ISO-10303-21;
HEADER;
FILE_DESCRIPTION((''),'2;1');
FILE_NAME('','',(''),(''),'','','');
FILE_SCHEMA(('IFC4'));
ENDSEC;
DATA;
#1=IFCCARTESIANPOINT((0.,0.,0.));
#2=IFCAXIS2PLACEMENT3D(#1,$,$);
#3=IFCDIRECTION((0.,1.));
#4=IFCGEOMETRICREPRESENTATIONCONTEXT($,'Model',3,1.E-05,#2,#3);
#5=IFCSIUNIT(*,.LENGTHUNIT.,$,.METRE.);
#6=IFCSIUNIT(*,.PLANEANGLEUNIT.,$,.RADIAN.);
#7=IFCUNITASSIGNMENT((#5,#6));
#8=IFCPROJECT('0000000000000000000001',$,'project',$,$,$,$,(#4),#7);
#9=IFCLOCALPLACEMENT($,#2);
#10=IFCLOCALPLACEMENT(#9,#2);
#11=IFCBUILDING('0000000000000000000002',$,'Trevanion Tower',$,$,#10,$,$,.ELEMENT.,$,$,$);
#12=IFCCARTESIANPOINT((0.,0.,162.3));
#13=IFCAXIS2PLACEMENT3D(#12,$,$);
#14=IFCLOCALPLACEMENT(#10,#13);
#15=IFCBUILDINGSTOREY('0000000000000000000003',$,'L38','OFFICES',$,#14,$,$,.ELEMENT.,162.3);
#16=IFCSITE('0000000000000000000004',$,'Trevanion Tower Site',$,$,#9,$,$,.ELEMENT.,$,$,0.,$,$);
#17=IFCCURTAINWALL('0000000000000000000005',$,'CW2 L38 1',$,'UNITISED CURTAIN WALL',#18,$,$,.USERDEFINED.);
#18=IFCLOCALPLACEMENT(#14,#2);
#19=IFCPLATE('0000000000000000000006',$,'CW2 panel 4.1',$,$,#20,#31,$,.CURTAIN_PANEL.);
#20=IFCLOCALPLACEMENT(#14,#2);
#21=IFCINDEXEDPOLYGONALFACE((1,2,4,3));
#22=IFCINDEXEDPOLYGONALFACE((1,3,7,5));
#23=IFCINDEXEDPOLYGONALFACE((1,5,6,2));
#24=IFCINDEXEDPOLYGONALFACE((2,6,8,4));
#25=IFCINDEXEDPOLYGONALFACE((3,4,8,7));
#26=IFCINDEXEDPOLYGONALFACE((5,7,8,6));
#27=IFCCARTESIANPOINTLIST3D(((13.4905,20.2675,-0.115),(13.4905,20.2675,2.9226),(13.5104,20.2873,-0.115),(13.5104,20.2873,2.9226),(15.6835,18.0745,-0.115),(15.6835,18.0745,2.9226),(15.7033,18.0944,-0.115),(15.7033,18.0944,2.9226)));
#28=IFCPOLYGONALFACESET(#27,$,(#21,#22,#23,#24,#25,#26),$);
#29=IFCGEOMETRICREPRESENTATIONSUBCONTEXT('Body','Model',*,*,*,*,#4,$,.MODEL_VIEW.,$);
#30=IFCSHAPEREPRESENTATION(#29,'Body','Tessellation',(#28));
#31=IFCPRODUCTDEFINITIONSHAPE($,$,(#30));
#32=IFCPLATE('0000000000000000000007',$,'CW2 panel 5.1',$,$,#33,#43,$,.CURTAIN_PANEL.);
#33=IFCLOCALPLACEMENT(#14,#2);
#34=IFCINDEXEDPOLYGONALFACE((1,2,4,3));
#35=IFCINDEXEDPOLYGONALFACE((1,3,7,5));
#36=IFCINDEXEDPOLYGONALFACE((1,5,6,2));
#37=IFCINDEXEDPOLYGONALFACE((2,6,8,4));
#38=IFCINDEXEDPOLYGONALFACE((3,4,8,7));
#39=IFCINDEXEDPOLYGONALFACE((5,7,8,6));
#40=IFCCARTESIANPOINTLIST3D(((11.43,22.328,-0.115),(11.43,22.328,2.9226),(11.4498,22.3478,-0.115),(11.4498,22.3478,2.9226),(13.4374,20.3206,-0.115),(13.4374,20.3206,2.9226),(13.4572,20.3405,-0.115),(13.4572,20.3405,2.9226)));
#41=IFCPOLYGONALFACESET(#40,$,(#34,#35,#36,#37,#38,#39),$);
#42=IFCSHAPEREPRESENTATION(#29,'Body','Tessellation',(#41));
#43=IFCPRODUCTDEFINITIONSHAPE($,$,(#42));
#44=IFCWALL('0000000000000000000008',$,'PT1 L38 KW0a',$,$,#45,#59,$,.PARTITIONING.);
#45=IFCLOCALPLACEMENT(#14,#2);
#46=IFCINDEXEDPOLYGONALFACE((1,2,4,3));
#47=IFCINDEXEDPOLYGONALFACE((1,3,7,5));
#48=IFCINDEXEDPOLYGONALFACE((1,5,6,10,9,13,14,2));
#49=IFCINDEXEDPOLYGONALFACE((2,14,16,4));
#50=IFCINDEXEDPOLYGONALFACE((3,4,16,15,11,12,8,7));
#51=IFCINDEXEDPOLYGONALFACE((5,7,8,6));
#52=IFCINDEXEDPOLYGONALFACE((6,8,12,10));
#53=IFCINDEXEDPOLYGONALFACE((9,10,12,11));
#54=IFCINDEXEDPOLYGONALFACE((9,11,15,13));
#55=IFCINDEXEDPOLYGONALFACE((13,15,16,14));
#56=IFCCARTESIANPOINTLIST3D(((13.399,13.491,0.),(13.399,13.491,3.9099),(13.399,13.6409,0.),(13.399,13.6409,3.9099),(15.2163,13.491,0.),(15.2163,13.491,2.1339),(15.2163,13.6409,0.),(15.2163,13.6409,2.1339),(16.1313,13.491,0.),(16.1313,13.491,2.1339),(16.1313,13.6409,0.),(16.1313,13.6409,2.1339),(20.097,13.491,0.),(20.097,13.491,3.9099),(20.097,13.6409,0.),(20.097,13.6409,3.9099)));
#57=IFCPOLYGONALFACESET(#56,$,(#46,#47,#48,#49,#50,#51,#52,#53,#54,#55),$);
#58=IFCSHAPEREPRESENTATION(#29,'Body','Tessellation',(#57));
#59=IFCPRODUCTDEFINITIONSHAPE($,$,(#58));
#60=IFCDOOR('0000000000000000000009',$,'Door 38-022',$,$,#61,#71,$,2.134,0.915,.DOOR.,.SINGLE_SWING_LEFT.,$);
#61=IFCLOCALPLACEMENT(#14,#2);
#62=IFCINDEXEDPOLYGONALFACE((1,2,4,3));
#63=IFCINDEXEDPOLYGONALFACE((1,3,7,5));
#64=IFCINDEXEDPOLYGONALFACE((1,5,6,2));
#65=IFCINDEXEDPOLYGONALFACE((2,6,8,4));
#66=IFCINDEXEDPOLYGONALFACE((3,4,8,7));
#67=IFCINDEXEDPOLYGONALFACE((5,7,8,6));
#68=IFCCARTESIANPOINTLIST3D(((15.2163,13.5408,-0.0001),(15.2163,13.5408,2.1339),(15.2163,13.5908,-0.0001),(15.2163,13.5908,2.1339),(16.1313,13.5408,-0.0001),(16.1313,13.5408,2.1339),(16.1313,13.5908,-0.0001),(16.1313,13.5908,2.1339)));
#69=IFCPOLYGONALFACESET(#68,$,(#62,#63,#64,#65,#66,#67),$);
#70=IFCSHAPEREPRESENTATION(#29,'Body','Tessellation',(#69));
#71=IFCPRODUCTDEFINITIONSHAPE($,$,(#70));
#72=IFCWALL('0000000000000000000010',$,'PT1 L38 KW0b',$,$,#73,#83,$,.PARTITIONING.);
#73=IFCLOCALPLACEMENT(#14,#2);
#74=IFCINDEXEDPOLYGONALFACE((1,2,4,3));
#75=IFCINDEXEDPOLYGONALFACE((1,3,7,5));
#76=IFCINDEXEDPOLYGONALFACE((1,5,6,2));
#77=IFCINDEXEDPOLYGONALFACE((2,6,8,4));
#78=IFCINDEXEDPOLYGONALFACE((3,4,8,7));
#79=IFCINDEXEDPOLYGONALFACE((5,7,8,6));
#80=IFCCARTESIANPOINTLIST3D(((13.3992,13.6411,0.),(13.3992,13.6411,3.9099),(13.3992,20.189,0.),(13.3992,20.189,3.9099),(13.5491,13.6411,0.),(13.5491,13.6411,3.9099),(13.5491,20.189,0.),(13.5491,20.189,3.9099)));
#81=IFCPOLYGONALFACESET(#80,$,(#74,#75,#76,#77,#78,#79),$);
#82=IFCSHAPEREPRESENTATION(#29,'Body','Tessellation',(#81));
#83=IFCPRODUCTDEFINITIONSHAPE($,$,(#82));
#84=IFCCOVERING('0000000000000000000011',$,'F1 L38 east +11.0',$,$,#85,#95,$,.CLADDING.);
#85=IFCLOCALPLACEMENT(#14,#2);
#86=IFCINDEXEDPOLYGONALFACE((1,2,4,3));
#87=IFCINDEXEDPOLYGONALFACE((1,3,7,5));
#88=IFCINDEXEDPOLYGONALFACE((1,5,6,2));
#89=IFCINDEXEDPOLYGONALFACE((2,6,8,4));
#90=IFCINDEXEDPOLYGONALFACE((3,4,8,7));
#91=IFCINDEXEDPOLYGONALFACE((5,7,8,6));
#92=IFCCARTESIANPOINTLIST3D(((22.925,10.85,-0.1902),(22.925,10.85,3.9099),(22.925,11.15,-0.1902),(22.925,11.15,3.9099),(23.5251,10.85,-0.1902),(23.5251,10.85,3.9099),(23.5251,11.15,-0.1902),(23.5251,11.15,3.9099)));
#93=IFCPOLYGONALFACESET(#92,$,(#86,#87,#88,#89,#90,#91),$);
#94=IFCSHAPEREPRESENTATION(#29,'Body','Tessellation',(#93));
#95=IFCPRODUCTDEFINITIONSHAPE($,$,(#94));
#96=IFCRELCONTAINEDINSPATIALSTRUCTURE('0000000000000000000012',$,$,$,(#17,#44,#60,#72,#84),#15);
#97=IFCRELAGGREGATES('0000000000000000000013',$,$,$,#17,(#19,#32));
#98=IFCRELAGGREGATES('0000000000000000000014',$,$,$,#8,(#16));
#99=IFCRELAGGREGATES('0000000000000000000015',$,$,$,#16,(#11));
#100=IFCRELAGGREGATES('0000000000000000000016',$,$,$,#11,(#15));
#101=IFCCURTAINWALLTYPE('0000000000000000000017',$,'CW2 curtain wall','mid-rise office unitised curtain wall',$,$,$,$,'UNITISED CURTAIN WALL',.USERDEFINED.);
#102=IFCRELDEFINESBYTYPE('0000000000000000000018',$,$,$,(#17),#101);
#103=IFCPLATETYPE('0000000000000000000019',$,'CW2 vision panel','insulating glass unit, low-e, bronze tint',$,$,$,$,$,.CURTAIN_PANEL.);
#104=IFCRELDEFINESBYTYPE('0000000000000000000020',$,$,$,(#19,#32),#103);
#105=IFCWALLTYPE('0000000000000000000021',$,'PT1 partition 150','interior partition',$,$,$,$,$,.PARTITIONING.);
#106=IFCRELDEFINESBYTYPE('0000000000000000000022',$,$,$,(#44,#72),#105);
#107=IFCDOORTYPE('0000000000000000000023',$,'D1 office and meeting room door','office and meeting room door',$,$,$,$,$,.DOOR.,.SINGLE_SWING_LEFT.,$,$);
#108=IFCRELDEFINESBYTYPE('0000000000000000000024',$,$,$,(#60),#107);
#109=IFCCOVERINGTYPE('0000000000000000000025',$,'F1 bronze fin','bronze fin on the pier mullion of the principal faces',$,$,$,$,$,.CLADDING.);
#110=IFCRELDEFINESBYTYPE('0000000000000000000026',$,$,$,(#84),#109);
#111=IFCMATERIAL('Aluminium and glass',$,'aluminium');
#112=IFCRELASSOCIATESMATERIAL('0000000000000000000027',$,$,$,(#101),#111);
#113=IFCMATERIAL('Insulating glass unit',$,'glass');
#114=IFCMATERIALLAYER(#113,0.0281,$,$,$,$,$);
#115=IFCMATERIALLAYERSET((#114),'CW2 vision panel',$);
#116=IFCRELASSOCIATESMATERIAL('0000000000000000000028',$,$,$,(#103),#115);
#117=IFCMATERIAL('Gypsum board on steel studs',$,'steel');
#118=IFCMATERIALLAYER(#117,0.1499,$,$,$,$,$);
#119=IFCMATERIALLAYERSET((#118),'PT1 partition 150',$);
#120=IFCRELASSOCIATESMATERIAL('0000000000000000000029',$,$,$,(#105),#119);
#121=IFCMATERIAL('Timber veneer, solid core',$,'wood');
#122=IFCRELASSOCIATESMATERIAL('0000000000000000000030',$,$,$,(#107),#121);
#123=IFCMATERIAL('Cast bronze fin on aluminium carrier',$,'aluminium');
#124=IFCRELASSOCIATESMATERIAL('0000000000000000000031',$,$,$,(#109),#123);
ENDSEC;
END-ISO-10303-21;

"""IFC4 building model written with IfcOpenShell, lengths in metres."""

from ifc_helpers import new_model, si_unit, direction, frame, frame_2d, origin, origin_2d, place, context, subcontext, project, spatial, rectangle, extrude, material, layer, layer_set, type_object, element, fill, aggregate, save


model = new_model("IFC4")

# Units and contexts
model_context = context("Model", 3, precision=1e-05, world=origin(), true_north=direction((0.0, 1.0)))
body_context = subcontext(model_context, "Body", "Model", "MODEL_VIEW")
ifc_project = project(units=[si_unit("LENGTHUNIT", "METRE"), si_unit("PLANEANGLEUNIT", "RADIAN")], contexts=[model_context])

# Site, building, storey
site_placement = place(None, origin())
site = spatial("IfcSite", under=ifc_project, at=site_placement, Name="Trevanion Tower Site", CompositionType="ELEMENT", RefElevation=0.0)
building_placement = place(site_placement, origin())
building = spatial("IfcBuilding", under=site, at=building_placement, Name="Trevanion Tower", CompositionType="ELEMENT")
storey_placement = place(building_placement, frame((0.0, 0.0, 162.3)))
storey = spatial("IfcBuildingStorey", under=building, at=storey_placement, Name="L38", Description="OFFICES", CompositionType="ELEMENT", Elevation=162.3)

# Curtain wall
ifc_material_1 = material(Name="Aluminium and glass", Category="aluminium")
curtain_wall_type = type_object("IfcCurtainWallType", Name="CW2 curtain wall", Description="mid-rise office unitised curtain wall", ElementType="UNITISED CURTAIN WALL", PredefinedType="USERDEFINED", material=ifc_material_1)
curtain_wall_1_placement = place(storey_placement, origin())
curtain_wall_1 = element("IfcCurtainWall", 1, at=curtain_wall_1_placement, inside=storey, type_object=curtain_wall_type, Name="CW2 L38 1", ObjectType="UNITISED CURTAIN WALL", PredefinedType="USERDEFINED")

# Plates
ifc_material_2 = material(Name="Insulating glass unit", Category="glass")
ifc_layer_1 = layer(ifc_material_2, 0.0281)
ifc_layer_set_1 = layer_set([ifc_layer_1], Name="CW2 vision panel")
plate_type_1 = type_object("IfcPlateType", Name="CW2 vision panel", Description="insulating glass unit, low-e, bronze tint", PredefinedType="CURTAIN_PANEL", material=ifc_layer_set_1)
plate_1_placement = place(storey_placement, frame((14.5969, 19.1809, -0.115), z_axis=(0.0, 0.0, 1.0), x_axis=(-0.707107, 0.707107, 0.0)))
plate_1 = element("IfcPlate", 2, at=plate_1_placement, type_object=plate_type_1, Name="CW2 panel 4.1", PredefinedType="CURTAIN_PANEL", context=body_context, shape_type="SweptSolid", body=[
    extrude(rectangle(XDim=3.1013, YDim=0.0281, at=origin_2d()), origin(), (0.0, 0.0, 1.0), 3.0376),
])
plate_2_placement = place(storey_placement, frame((12.4436, 21.3342, -0.115), z_axis=(0.0, 0.0, 1.0), x_axis=(-0.707107, 0.707107, 0.0)))
plate_2 = element("IfcPlate", 3, at=plate_2_placement, type_object=plate_type_1, Name="CW2 panel 5.1", PredefinedType="CURTAIN_PANEL", context=body_context, shape_type="SweptSolid", body=[
    extrude(rectangle(XDim=2.8389, YDim=0.0281, at=origin_2d()), origin(), (0.0, 0.0, 1.0), 3.0376),
])
aggregate(curtain_wall_1, [plate_1, plate_2])

# Wall, opening, door
ifc_material_3 = material(Name="Gypsum board on steel studs", Category="steel")
ifc_layer_2 = layer(ifc_material_3, 0.1499)
ifc_layer_set_2 = layer_set([ifc_layer_2], Name="PT1 partition 150")
wall_type = type_object("IfcWallType", Name="PT1 partition 150", Description="interior partition", PredefinedType="PARTITIONING", material=ifc_layer_set_2)
wall_1_placement = place(storey_placement, frame((13.3989, 13.5659, 0.0), z_axis=(0.0, 0.0, 1.0), x_axis=(1.0, 0.0, 0.0)))
wall_1 = element("IfcWall", 4, at=wall_1_placement, inside=storey, type_object=wall_type, Name="PT1 L38 KW0a", PredefinedType="PARTITIONING", context=body_context, shape_type="SweptSolid", body=[
    extrude(rectangle(XDim=6.698, YDim=0.1499, at=frame_2d((3.3491, 0.0))), origin(), (0.0, 0.0, 1.0), 3.9099),
])
opening_placement = place(wall_1_placement, frame((1.8174, 0.0, 0.0)))
opening = element("IfcOpeningElement", 5, at=opening_placement, cuts=wall_1, PredefinedType="OPENING", context=body_context, shape_type="SweptSolid", body=[
    extrude(rectangle(XDim=0.915, YDim=2.134, at=frame_2d((0.4575, 1.0669))), frame((0.0, 0.085, 0.0), z_axis=(0.0, -1.0, 0.0), x_axis=(1.0, 0.0, 0.0)), (0.0, 0.0, 1.0), 0.1699),
])
ifc_material_4 = material(Name="Timber veneer, solid core", Category="wood")
door_type = type_object("IfcDoorType", Name="D1 office and meeting room door", Description="office and meeting room door", OperationType="SINGLE_SWING_LEFT", PredefinedType="DOOR", material=ifc_material_4)
door_placement = place(opening_placement, origin())
door = element("IfcDoor", 6, at=door_placement, inside=storey, type_object=door_type, Name="Door 38-022", OperationType="SINGLE_SWING_LEFT", OverallHeight=2.134, OverallWidth=0.915, PredefinedType="DOOR", context=body_context, shape_type="SweptSolid", body=[
    extrude(rectangle(XDim=0.915, YDim=2.134, at=frame_2d((0.4575, 1.0669))), frame((0.0, 0.0249, 0.0), z_axis=(0.0, -1.0, 0.0), x_axis=(1.0, 0.0, 0.0)), (0.0, 0.0, 1.0), 0.05),
])
fill(opening, door)

# Wall
wall_2_placement = place(storey_placement, frame((13.4741, 13.6411, 0.0), z_axis=(0.0, 0.0, 1.0), x_axis=(0.0, 1.0, 0.0)))
element("IfcWall", 7, at=wall_2_placement, inside=storey, type_object=wall_type, Name="PT1 L38 KW0b", PredefinedType="PARTITIONING", context=body_context, shape_type="SweptSolid", body=[
    extrude(rectangle(XDim=6.5479, YDim=0.1499, at=frame_2d((3.2739, 0.0))), origin(), (0.0, 0.0, 1.0), 3.9099),
])

# Covering
ifc_material_5 = material(Name="Cast bronze fin on aluminium carrier", Category="aluminium")
covering_type = type_object("IfcCoveringType", Name="F1 bronze fin", Description="bronze fin on the pier mullion of the principal faces", PredefinedType="CLADDING", material=ifc_material_5)
covering_placement = place(storey_placement, frame((23.2251, 11.0, -0.1902), z_axis=(0.0, 0.0, 1.0), x_axis=(0.0, 1.0, 0.0)))
element("IfcCovering", 8, at=covering_placement, inside=storey, type_object=covering_type, Name="F1 L38 east +11.0", PredefinedType="CLADDING", context=body_context, shape_type="SweptSolid", body=[
    extrude(rectangle(XDim=0.3, YDim=0.6001, at=origin_2d()), origin(), (0.0, 0.0, 1.0), 4.1001),
])

save(model, "model.ifc")
